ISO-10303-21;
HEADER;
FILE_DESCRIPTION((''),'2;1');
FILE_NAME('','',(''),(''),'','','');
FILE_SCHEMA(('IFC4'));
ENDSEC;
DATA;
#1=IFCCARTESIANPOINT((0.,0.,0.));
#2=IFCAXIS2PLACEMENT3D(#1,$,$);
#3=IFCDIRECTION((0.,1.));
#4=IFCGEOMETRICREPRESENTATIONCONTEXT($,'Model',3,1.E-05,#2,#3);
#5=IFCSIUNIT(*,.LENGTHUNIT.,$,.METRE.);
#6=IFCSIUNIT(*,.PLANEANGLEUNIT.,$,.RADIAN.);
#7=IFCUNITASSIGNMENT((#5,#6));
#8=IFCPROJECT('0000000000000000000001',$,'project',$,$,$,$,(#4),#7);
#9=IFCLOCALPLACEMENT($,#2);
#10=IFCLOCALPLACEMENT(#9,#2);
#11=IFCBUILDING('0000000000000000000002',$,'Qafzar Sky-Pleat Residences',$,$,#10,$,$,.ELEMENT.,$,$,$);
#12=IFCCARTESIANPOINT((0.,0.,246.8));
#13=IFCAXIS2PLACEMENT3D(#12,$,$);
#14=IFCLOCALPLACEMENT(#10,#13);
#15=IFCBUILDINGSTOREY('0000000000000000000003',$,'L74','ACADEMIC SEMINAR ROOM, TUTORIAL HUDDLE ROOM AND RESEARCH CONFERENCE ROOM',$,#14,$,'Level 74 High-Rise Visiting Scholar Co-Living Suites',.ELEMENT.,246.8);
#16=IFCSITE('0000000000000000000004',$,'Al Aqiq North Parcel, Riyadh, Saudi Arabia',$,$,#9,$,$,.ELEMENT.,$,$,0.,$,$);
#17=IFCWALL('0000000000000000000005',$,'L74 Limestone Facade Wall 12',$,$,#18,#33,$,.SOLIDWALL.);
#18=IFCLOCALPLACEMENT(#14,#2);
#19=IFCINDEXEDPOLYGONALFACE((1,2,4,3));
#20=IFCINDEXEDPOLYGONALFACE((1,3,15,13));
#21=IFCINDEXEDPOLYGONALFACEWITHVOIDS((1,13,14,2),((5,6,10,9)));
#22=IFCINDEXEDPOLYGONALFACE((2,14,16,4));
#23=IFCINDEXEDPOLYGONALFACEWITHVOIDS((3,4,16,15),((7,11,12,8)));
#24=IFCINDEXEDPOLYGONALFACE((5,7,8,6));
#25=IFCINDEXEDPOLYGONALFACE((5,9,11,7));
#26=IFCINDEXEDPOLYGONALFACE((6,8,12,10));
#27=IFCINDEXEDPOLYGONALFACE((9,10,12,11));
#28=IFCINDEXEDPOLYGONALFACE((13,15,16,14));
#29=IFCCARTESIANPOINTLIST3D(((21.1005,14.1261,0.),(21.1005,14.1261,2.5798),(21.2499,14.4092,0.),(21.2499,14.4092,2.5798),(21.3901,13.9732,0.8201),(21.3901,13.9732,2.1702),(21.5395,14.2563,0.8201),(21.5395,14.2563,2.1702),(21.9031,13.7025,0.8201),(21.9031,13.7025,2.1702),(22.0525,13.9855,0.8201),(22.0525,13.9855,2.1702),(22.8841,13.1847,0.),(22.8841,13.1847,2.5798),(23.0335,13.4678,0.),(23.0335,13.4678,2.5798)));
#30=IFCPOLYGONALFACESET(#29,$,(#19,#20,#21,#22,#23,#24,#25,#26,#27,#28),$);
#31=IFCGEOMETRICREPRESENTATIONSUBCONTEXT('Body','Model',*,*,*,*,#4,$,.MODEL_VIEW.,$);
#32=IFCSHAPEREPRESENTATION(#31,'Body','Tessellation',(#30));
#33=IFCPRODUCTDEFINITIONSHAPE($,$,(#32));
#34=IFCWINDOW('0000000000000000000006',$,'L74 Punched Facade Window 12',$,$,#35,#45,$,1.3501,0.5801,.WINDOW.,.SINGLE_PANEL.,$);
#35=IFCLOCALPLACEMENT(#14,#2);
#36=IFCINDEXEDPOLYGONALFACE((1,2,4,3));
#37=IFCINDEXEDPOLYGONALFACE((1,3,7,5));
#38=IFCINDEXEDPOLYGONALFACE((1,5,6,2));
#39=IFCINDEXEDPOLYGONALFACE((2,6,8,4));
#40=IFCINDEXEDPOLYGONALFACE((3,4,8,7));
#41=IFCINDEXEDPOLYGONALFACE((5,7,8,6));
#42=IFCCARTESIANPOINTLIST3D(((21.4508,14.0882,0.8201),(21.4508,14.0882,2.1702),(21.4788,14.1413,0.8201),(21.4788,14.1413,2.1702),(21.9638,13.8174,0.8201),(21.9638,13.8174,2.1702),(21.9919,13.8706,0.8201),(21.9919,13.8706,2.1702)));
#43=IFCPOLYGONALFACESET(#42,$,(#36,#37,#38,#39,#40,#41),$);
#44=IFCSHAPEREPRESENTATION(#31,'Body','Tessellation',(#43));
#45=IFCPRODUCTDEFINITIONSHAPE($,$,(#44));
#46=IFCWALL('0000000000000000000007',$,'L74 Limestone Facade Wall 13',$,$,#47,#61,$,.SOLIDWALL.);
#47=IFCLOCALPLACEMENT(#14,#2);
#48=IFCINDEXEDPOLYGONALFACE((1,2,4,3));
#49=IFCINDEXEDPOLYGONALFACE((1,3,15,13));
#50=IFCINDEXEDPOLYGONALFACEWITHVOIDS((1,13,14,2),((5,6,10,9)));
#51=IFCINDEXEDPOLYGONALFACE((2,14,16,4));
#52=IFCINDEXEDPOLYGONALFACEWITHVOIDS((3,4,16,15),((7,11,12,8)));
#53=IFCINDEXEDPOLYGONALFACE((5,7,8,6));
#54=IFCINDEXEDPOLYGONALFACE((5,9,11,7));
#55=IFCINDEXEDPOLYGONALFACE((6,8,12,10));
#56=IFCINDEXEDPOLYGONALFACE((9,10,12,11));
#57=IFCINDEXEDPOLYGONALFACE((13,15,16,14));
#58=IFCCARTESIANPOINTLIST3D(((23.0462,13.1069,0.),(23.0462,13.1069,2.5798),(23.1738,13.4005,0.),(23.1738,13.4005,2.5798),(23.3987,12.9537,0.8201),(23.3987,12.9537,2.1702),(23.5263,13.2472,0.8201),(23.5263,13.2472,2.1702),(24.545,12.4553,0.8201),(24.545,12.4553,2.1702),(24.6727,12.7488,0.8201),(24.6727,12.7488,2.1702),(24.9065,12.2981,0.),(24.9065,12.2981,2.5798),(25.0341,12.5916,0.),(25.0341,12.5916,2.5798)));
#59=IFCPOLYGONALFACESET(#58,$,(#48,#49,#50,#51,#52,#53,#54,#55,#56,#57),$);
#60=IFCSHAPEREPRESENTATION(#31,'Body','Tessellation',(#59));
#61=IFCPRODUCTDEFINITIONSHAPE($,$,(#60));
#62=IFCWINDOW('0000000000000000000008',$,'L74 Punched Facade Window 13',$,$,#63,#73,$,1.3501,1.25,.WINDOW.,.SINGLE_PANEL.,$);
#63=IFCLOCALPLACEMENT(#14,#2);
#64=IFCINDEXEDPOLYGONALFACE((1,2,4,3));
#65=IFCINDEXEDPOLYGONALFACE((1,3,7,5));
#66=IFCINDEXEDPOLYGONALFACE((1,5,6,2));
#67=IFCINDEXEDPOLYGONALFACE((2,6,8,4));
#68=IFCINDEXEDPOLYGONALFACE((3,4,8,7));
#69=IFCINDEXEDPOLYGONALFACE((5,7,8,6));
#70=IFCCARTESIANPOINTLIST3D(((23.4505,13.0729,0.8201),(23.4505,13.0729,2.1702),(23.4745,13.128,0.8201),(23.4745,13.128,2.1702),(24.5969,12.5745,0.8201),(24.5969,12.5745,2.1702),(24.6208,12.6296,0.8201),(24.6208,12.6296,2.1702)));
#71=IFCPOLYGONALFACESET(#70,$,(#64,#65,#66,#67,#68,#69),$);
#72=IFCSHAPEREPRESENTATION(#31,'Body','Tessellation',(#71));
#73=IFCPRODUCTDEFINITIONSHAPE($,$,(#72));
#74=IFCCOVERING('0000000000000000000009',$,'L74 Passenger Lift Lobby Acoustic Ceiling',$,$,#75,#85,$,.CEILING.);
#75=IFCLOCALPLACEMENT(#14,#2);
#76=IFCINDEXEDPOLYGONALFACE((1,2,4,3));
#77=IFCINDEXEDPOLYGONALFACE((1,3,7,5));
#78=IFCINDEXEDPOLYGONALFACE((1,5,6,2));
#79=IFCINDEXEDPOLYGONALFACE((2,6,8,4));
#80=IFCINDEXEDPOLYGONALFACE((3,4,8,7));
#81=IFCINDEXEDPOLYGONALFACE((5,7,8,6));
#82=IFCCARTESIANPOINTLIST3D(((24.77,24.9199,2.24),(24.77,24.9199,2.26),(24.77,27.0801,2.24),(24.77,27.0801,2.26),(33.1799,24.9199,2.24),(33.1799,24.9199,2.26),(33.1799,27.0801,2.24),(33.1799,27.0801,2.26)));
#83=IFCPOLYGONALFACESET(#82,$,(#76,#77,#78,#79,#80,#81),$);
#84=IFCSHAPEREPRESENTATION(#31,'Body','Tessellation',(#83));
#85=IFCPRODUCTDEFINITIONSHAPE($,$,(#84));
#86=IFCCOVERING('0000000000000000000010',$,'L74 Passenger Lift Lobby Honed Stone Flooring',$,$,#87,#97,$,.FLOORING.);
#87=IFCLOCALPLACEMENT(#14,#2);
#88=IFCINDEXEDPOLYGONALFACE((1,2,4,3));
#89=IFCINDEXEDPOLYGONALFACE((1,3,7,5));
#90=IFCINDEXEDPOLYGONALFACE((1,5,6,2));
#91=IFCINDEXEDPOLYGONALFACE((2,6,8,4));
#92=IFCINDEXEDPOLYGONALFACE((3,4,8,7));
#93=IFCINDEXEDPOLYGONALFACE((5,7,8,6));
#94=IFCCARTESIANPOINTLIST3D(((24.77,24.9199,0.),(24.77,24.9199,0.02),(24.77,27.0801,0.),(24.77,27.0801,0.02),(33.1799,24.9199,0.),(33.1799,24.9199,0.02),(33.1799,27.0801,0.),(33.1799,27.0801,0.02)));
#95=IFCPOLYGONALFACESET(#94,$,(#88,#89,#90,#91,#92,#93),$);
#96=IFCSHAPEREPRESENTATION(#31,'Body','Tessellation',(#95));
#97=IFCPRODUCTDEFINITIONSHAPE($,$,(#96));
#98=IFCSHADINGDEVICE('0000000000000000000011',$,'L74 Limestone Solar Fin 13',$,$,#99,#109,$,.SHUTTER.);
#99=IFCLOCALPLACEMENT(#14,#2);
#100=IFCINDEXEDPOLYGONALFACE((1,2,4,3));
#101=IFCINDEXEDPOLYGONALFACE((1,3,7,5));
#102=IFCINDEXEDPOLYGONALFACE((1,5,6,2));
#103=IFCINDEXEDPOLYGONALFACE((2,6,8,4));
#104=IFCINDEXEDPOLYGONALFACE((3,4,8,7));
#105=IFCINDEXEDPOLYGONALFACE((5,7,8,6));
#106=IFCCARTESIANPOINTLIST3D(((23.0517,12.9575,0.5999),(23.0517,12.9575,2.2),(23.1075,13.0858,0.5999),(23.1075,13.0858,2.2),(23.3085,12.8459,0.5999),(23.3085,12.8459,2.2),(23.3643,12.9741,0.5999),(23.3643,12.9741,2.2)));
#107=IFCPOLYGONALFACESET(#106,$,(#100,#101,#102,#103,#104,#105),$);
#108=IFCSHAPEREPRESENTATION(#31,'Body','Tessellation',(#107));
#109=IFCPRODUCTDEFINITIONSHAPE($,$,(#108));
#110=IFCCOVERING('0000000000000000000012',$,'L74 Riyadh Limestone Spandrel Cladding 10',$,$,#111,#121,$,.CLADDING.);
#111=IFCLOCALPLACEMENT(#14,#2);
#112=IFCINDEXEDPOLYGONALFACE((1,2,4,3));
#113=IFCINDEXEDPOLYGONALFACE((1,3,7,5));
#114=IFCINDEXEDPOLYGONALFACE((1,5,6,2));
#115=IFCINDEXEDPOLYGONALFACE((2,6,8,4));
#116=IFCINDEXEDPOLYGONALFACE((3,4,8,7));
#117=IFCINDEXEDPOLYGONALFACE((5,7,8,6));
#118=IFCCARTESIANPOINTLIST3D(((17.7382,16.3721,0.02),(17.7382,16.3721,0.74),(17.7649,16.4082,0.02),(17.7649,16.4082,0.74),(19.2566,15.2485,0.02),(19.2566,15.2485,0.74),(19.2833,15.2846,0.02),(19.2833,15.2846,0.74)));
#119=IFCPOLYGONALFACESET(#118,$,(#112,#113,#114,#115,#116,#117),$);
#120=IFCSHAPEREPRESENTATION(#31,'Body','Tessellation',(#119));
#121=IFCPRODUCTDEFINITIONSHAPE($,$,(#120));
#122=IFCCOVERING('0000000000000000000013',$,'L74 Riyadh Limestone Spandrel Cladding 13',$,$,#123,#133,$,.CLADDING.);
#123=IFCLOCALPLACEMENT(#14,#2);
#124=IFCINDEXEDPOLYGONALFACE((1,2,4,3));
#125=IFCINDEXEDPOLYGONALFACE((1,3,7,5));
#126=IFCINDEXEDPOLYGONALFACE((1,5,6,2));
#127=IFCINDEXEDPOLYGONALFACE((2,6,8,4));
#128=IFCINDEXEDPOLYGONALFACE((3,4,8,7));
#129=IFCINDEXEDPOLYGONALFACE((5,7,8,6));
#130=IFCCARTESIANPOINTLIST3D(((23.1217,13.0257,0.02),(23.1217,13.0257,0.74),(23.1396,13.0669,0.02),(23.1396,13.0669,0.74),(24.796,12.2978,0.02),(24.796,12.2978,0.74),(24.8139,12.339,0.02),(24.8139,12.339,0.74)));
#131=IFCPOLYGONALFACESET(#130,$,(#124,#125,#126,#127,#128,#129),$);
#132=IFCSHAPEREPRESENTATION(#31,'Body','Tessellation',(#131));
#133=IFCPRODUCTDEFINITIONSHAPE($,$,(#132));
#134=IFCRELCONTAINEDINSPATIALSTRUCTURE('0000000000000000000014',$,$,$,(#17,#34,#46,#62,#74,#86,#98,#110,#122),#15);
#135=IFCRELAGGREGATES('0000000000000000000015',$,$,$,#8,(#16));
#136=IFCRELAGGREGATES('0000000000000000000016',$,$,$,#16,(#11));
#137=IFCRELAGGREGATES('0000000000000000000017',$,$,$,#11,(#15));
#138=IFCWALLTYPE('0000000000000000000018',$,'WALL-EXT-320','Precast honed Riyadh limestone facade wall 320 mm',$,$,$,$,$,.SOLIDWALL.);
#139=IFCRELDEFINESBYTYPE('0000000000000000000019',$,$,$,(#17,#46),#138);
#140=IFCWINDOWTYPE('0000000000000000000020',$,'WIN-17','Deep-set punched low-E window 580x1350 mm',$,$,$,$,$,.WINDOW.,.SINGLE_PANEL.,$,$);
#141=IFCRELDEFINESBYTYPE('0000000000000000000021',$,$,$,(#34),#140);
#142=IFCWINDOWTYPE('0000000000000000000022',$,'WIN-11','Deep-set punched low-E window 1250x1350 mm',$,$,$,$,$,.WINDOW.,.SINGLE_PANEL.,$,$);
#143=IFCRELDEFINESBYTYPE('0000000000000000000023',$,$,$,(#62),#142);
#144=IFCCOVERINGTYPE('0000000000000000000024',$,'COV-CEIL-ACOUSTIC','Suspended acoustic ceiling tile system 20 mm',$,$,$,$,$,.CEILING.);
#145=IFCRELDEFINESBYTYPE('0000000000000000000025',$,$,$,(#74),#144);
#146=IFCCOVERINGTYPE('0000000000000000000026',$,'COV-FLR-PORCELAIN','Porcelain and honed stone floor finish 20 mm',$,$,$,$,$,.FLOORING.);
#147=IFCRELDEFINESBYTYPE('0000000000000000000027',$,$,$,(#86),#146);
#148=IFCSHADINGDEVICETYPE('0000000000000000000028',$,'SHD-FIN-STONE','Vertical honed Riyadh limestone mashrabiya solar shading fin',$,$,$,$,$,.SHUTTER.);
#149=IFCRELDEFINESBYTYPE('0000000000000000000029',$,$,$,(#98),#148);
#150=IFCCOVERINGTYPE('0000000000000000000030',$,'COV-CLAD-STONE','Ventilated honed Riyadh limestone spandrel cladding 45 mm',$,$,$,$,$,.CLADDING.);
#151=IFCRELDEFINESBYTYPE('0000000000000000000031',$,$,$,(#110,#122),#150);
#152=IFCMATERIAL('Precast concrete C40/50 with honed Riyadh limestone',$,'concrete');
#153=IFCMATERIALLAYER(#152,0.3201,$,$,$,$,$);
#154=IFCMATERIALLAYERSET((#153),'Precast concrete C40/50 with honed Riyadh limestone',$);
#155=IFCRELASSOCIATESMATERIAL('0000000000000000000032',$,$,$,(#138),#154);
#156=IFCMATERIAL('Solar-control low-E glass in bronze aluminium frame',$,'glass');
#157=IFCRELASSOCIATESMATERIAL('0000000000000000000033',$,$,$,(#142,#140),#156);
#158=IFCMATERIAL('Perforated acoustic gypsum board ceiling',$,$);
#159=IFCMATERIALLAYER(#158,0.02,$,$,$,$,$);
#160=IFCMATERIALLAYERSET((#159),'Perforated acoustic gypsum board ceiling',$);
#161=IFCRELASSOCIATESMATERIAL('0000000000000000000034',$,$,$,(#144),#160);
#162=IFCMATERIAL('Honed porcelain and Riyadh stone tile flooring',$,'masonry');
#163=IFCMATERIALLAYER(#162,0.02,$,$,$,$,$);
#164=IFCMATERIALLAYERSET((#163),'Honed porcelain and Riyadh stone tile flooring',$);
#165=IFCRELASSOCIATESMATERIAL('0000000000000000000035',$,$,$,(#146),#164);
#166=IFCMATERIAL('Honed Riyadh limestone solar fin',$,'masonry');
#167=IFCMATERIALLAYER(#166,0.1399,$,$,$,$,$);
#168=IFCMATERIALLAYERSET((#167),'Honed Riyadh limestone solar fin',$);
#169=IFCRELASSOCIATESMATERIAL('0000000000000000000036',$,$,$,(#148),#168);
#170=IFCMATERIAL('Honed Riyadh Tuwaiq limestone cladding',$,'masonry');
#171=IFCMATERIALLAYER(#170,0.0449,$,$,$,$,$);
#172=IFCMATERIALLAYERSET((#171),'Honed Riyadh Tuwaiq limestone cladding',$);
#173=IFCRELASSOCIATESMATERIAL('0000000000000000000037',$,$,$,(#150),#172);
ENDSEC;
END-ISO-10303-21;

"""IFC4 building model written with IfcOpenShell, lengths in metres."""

from ifc_helpers import new_model, si_unit, direction, frame, frame_2d, origin, origin_2d, place, context, subcontext, project, spatial, polyline, rectangle, outline, extrude, source, transform, mapped, material, layer, layer_set, type_object, element, fill, save


model = new_model("IFC4")

# Units and contexts
model_context = context("Model", 3, precision=1e-05, world=origin(), true_north=direction((0.0, 1.0)))
body_context = subcontext(model_context, "Body", "Model", "MODEL_VIEW")
ifc_project = project(units=[si_unit("LENGTHUNIT", "METRE"), si_unit("PLANEANGLEUNIT", "RADIAN")], contexts=[model_context])

# Site, building, storey
site_placement = place(None, origin())
site = spatial("IfcSite", under=ifc_project, at=site_placement, Name="Al Aqiq North Parcel, Riyadh, Saudi Arabia", CompositionType="ELEMENT", RefElevation=0.0)
building_placement = place(site_placement, origin())
building = spatial("IfcBuilding", under=site, at=building_placement, Name="Qafzar Sky-Pleat Residences", CompositionType="ELEMENT")
storey_placement = place(building_placement, frame((0.0, 0.0, 246.8)))
storey = spatial("IfcBuildingStorey", under=building, at=storey_placement, Name="L74", Description="ACADEMIC SEMINAR ROOM, TUTORIAL HUDDLE ROOM AND RESEARCH CONFERENCE ROOM", LongName="Level 74 High-Rise Visiting Scholar Co-Living Suites", CompositionType="ELEMENT", Elevation=246.8)

# Walls, openings, windows
ifc_material_1 = material(Name="Precast concrete C40/50 with honed Riyadh limestone", Category="concrete")
ifc_layer_1 = layer(ifc_material_1, 0.3201)
ifc_layer_set_1 = layer_set([ifc_layer_1], Name="Precast concrete C40/50 with honed Riyadh limestone")
wall_type_1 = type_object("IfcWallType", Name="WALL-EXT-320", Description="Precast honed Riyadh limestone facade wall 320 mm", PredefinedType="SOLIDWALL", material=ifc_layer_set_1)
ifc_material_2 = material(Name="Solar-control low-E glass in bronze aluminium frame", Category="glass")
window_type_1 = type_object("IfcWindowType", Name="WIN-11", Description="Deep-set punched low-E window 1250x1350 mm", PartitioningType="SINGLE_PANEL", PredefinedType="WINDOW", material=ifc_material_2)
shared_shape_1 = source(origin(), body_context, "Body", "SweptSolid", [
    extrude(rectangle(XDim=1.25, YDim=1.3501, at=frame_2d((0.625, 0.675))), frame((0.0, 0.03, 0.0), z_axis=(0.0, -1.0, 0.0), x_axis=(1.0, 0.0, 0.0)), (0.0, 0.0, 1.0), 0.0601),
])
wall_1_placement = place(storey_placement, frame((21.1753, 14.2676, 0.0), z_axis=(0.0, 0.0, 1.0), x_axis=(0.884382, -0.466764, 0.0)))
wall_1 = element("IfcWall", 1, at=wall_1_placement, inside=storey, type_object=wall_type_1, Name="L74 Limestone Facade Wall 12", PredefinedType="SOLIDWALL", context=body_context, shape_type="SweptSolid", body=[
    extrude(rectangle(XDim=2.0168, YDim=0.3201, at=frame_2d((1.0083, 0.0))), origin(), (0.0, 0.0, 1.0), 2.5798),
])
opening_1_placement = place(wall_1_placement, frame((0.3274, 0.0, 0.8201)))
opening_1 = element("IfcOpeningElement", 2, at=opening_1_placement, cuts=wall_1, PredefinedType="OPENING", context=body_context, shape_type="SweptSolid", body=[
    extrude(rectangle(XDim=0.5801, YDim=1.3501, at=frame_2d((0.29, 0.675))), frame((0.0, 0.1699, 0.0), z_axis=(0.0, -1.0, 0.0), x_axis=(1.0, 0.0, 0.0)), (0.0, 0.0, 1.0), 0.3401),
])
window_type_2 = type_object("IfcWindowType", Name="WIN-17", Description="Deep-set punched low-E window 580x1350 mm", PartitioningType="SINGLE_PANEL", PredefinedType="WINDOW", material=ifc_material_2)
shared_shape_2 = source(origin(), body_context, "Body", "SweptSolid", [
    extrude(rectangle(XDim=0.5801, YDim=1.3501, at=frame_2d((0.29, 0.675))), frame((0.0, 0.03, 0.0), z_axis=(0.0, -1.0, 0.0), x_axis=(1.0, 0.0, 0.0)), (0.0, 0.0, 1.0), 0.0601),
])
window_1_placement = place(opening_1_placement, origin())
window_1 = element("IfcWindow", 3, at=window_1_placement, inside=storey, type_object=window_type_2, Name="L74 Punched Facade Window 12", OverallHeight=1.3501, OverallWidth=0.5801, PartitioningType="SINGLE_PANEL", PredefinedType="WINDOW", context=body_context, shape_type="MappedRepresentation", body=[
    mapped(shared_shape_2, transform((0.0, 0.0, 0.0), x_axis=(1.0, 0.0, 0.0), y_axis=(0.0, 1.0, 0.0), z_axis=(0.0, 0.0, 1.0), scale=1.0)),
])
fill(opening_1, window_1)
wall_2_placement = place(storey_placement, frame((23.1101, 13.2537, 0.0), z_axis=(0.0, 0.0, 1.0), x_axis=(0.917072, -0.398722, 0.0)))
wall_2 = element("IfcWall", 4, at=wall_2_placement, inside=storey, type_object=wall_type_1, Name="L74 Limestone Facade Wall 13", PredefinedType="SOLIDWALL", context=body_context, shape_type="SweptSolid", body=[
    extrude(rectangle(XDim=2.0286, YDim=0.3201, at=frame_2d((1.0142, 0.0))), origin(), (0.0, 0.0, 1.0), 2.5798),
])
opening_2_placement = place(wall_2_placement, frame((0.3843, 0.0, 0.8201)))
opening_2 = element("IfcOpeningElement", 5, at=opening_2_placement, cuts=wall_2, PredefinedType="OPENING", context=body_context, shape_type="SweptSolid", body=[
    extrude(rectangle(XDim=1.25, YDim=1.3501, at=frame_2d((0.625, 0.675))), frame((0.0, 0.1699, 0.0), z_axis=(0.0, -1.0, 0.0), x_axis=(1.0, 0.0, 0.0)), (0.0, 0.0, 1.0), 0.3401),
])
window_2_placement = place(opening_2_placement, origin())
window_2 = element("IfcWindow", 6, at=window_2_placement, inside=storey, type_object=window_type_1, Name="L74 Punched Facade Window 13", OverallHeight=1.3501, OverallWidth=1.25, PartitioningType="SINGLE_PANEL", PredefinedType="WINDOW", context=body_context, shape_type="MappedRepresentation", body=[
    mapped(shared_shape_1, transform((0.0, 0.0, 0.0), x_axis=(1.0, 0.0, 0.0), y_axis=(0.0, 1.0, 0.0), z_axis=(0.0, 0.0, 1.0), scale=1.0)),
])
fill(opening_2, window_2)

# Coverings
ifc_material_3 = material(Name="Perforated acoustic gypsum board ceiling")
ifc_layer_2 = layer(ifc_material_3, 0.02)
ifc_layer_set_2 = layer_set([ifc_layer_2], Name="Perforated acoustic gypsum board ceiling")
covering_type_1 = type_object("IfcCoveringType", Name="COV-CEIL-ACOUSTIC", Description="Suspended acoustic ceiling tile system 20 mm", PredefinedType="CEILING", material=ifc_layer_set_2)
covering_1_placement = place(storey_placement, frame((0.0, 0.0, 2.24)))
element("IfcCovering", 7, at=covering_1_placement, inside=storey, type_object=covering_type_1, Name="L74 Passenger Lift Lobby Acoustic Ceiling", PredefinedType="CEILING", context=body_context, shape_type="SweptSolid", body=[
    extrude(outline(polyline([(33.1799, 24.9199), (24.77, 24.9199), (24.77, 27.0801), (33.1799, 27.0801), (33.1799, 24.9199)])), origin(), (0.0, 0.0, 1.0), 0.02),
])
ifc_material_4 = material(Name="Honed porcelain and Riyadh stone tile flooring", Category="masonry")
ifc_layer_3 = layer(ifc_material_4, 0.02)
ifc_layer_set_3 = layer_set([ifc_layer_3], Name="Honed porcelain and Riyadh stone tile flooring")
covering_type_2 = type_object("IfcCoveringType", Name="COV-FLR-PORCELAIN", Description="Porcelain and honed stone floor finish 20 mm", PredefinedType="FLOORING", material=ifc_layer_set_3)
covering_2_placement = place(storey_placement, origin())
element("IfcCovering", 8, at=covering_2_placement, inside=storey, type_object=covering_type_2, Name="L74 Passenger Lift Lobby Honed Stone Flooring", PredefinedType="FLOORING", context=body_context, shape_type="SweptSolid", body=[
    extrude(outline(polyline([(33.1799, 24.9199), (24.77, 24.9199), (24.77, 27.0801), (33.1799, 27.0801), (33.1799, 24.9199)])), origin(), (0.0, 0.0, 1.0), 0.02),
])

# Shading device
ifc_material_5 = material(Name="Honed Riyadh limestone solar fin", Category="masonry")
ifc_layer_4 = layer(ifc_material_5, 0.1399)
ifc_layer_set_4 = layer_set([ifc_layer_4], Name="Honed Riyadh limestone solar fin")
shading_device_type = type_object("IfcShadingDeviceType", Name="SHD-FIN-STONE", Description="Vertical honed Riyadh limestone mashrabiya solar shading fin", PredefinedType="SHUTTER", material=ifc_layer_set_4)
shared_shape_3 = source(origin(), body_context, "Body", "SweptSolid", [
    extrude(rectangle(XDim=0.1399, YDim=0.28, at=origin_2d()), origin(), (0.0, 0.0, 1.0), 1.6001),
])
shading_device_placement = place(storey_placement, frame((23.208, 12.9658, 0.5999), z_axis=(0.0, 0.0, 1.0), x_axis=(-0.3987, -0.917082, 0.0)))
element("IfcShadingDevice", 9, at=shading_device_placement, inside=storey, type_object=shading_device_type, Name="L74 Limestone Solar Fin 13", PredefinedType="SHUTTER", context=body_context, shape_type="MappedRepresentation", body=[
    mapped(shared_shape_3, transform((0.0, 0.0, 0.0), x_axis=(1.0, 0.0, 0.0), y_axis=(0.0, 1.0, 0.0), z_axis=(0.0, 0.0, 1.0), scale=1.0)),
])

# Coverings
ifc_material_6 = material(Name="Honed Riyadh Tuwaiq limestone cladding", Category="masonry")
ifc_layer_5 = layer(ifc_material_6, 0.0449)
ifc_layer_set_5 = layer_set([ifc_layer_5], Name="Honed Riyadh Tuwaiq limestone cladding")
covering_type_3 = type_object("IfcCoveringType", Name="COV-CLAD-STONE", Description="Ventilated honed Riyadh limestone spandrel cladding 45 mm", PredefinedType="CLADDING", material=ifc_layer_set_5)
shared_shape_4 = source(origin(), body_context, "Body", "SweptSolid", [
    extrude(rectangle(XDim=1.8889, YDim=0.0449, at=origin_2d()), origin(), (0.0, 0.0, 1.0), 0.72),
])
covering_3_placement = place(storey_placement, frame((18.5107, 15.8284, 0.02), z_axis=(0.0, 0.0, 1.0), x_axis=(0.803837, -0.594849, 0.0)))
element("IfcCovering", 10, at=covering_3_placement, inside=storey, type_object=covering_type_3, Name="L74 Riyadh Limestone Spandrel Cladding 10", PredefinedType="CLADDING", context=body_context, shape_type="MappedRepresentation", body=[
    mapped(shared_shape_4, transform((0.0, 0.0, 0.0), x_axis=(1.0, 0.0, 0.0), y_axis=(0.0, 1.0, 0.0), z_axis=(0.0, 0.0, 1.0), scale=1.0)),
])
shared_shape_5 = source(origin(), body_context, "Body", "SweptSolid", [
    extrude(rectangle(XDim=1.8257, YDim=0.0449, at=origin_2d()), origin(), (0.0, 0.0, 1.0), 0.72),
])
covering_4_placement = place(storey_placement, frame((23.9678, 12.6824, 0.02), z_axis=(0.0, 0.0, 1.0), x_axis=(0.917075, -0.398715, 0.0)))
element("IfcCovering", 11, at=covering_4_placement, inside=storey, type_object=covering_type_3, Name="L74 Riyadh Limestone Spandrel Cladding 13", PredefinedType="CLADDING", context=body_context, shape_type="MappedRepresentation", body=[
    mapped(shared_shape_5, transform((0.0, 0.0, 0.0), x_axis=(1.0, 0.0, 0.0), y_axis=(0.0, 1.0, 0.0), z_axis=(0.0, 0.0, 1.0), scale=1.0)),
])

save(model, "model.ifc")
